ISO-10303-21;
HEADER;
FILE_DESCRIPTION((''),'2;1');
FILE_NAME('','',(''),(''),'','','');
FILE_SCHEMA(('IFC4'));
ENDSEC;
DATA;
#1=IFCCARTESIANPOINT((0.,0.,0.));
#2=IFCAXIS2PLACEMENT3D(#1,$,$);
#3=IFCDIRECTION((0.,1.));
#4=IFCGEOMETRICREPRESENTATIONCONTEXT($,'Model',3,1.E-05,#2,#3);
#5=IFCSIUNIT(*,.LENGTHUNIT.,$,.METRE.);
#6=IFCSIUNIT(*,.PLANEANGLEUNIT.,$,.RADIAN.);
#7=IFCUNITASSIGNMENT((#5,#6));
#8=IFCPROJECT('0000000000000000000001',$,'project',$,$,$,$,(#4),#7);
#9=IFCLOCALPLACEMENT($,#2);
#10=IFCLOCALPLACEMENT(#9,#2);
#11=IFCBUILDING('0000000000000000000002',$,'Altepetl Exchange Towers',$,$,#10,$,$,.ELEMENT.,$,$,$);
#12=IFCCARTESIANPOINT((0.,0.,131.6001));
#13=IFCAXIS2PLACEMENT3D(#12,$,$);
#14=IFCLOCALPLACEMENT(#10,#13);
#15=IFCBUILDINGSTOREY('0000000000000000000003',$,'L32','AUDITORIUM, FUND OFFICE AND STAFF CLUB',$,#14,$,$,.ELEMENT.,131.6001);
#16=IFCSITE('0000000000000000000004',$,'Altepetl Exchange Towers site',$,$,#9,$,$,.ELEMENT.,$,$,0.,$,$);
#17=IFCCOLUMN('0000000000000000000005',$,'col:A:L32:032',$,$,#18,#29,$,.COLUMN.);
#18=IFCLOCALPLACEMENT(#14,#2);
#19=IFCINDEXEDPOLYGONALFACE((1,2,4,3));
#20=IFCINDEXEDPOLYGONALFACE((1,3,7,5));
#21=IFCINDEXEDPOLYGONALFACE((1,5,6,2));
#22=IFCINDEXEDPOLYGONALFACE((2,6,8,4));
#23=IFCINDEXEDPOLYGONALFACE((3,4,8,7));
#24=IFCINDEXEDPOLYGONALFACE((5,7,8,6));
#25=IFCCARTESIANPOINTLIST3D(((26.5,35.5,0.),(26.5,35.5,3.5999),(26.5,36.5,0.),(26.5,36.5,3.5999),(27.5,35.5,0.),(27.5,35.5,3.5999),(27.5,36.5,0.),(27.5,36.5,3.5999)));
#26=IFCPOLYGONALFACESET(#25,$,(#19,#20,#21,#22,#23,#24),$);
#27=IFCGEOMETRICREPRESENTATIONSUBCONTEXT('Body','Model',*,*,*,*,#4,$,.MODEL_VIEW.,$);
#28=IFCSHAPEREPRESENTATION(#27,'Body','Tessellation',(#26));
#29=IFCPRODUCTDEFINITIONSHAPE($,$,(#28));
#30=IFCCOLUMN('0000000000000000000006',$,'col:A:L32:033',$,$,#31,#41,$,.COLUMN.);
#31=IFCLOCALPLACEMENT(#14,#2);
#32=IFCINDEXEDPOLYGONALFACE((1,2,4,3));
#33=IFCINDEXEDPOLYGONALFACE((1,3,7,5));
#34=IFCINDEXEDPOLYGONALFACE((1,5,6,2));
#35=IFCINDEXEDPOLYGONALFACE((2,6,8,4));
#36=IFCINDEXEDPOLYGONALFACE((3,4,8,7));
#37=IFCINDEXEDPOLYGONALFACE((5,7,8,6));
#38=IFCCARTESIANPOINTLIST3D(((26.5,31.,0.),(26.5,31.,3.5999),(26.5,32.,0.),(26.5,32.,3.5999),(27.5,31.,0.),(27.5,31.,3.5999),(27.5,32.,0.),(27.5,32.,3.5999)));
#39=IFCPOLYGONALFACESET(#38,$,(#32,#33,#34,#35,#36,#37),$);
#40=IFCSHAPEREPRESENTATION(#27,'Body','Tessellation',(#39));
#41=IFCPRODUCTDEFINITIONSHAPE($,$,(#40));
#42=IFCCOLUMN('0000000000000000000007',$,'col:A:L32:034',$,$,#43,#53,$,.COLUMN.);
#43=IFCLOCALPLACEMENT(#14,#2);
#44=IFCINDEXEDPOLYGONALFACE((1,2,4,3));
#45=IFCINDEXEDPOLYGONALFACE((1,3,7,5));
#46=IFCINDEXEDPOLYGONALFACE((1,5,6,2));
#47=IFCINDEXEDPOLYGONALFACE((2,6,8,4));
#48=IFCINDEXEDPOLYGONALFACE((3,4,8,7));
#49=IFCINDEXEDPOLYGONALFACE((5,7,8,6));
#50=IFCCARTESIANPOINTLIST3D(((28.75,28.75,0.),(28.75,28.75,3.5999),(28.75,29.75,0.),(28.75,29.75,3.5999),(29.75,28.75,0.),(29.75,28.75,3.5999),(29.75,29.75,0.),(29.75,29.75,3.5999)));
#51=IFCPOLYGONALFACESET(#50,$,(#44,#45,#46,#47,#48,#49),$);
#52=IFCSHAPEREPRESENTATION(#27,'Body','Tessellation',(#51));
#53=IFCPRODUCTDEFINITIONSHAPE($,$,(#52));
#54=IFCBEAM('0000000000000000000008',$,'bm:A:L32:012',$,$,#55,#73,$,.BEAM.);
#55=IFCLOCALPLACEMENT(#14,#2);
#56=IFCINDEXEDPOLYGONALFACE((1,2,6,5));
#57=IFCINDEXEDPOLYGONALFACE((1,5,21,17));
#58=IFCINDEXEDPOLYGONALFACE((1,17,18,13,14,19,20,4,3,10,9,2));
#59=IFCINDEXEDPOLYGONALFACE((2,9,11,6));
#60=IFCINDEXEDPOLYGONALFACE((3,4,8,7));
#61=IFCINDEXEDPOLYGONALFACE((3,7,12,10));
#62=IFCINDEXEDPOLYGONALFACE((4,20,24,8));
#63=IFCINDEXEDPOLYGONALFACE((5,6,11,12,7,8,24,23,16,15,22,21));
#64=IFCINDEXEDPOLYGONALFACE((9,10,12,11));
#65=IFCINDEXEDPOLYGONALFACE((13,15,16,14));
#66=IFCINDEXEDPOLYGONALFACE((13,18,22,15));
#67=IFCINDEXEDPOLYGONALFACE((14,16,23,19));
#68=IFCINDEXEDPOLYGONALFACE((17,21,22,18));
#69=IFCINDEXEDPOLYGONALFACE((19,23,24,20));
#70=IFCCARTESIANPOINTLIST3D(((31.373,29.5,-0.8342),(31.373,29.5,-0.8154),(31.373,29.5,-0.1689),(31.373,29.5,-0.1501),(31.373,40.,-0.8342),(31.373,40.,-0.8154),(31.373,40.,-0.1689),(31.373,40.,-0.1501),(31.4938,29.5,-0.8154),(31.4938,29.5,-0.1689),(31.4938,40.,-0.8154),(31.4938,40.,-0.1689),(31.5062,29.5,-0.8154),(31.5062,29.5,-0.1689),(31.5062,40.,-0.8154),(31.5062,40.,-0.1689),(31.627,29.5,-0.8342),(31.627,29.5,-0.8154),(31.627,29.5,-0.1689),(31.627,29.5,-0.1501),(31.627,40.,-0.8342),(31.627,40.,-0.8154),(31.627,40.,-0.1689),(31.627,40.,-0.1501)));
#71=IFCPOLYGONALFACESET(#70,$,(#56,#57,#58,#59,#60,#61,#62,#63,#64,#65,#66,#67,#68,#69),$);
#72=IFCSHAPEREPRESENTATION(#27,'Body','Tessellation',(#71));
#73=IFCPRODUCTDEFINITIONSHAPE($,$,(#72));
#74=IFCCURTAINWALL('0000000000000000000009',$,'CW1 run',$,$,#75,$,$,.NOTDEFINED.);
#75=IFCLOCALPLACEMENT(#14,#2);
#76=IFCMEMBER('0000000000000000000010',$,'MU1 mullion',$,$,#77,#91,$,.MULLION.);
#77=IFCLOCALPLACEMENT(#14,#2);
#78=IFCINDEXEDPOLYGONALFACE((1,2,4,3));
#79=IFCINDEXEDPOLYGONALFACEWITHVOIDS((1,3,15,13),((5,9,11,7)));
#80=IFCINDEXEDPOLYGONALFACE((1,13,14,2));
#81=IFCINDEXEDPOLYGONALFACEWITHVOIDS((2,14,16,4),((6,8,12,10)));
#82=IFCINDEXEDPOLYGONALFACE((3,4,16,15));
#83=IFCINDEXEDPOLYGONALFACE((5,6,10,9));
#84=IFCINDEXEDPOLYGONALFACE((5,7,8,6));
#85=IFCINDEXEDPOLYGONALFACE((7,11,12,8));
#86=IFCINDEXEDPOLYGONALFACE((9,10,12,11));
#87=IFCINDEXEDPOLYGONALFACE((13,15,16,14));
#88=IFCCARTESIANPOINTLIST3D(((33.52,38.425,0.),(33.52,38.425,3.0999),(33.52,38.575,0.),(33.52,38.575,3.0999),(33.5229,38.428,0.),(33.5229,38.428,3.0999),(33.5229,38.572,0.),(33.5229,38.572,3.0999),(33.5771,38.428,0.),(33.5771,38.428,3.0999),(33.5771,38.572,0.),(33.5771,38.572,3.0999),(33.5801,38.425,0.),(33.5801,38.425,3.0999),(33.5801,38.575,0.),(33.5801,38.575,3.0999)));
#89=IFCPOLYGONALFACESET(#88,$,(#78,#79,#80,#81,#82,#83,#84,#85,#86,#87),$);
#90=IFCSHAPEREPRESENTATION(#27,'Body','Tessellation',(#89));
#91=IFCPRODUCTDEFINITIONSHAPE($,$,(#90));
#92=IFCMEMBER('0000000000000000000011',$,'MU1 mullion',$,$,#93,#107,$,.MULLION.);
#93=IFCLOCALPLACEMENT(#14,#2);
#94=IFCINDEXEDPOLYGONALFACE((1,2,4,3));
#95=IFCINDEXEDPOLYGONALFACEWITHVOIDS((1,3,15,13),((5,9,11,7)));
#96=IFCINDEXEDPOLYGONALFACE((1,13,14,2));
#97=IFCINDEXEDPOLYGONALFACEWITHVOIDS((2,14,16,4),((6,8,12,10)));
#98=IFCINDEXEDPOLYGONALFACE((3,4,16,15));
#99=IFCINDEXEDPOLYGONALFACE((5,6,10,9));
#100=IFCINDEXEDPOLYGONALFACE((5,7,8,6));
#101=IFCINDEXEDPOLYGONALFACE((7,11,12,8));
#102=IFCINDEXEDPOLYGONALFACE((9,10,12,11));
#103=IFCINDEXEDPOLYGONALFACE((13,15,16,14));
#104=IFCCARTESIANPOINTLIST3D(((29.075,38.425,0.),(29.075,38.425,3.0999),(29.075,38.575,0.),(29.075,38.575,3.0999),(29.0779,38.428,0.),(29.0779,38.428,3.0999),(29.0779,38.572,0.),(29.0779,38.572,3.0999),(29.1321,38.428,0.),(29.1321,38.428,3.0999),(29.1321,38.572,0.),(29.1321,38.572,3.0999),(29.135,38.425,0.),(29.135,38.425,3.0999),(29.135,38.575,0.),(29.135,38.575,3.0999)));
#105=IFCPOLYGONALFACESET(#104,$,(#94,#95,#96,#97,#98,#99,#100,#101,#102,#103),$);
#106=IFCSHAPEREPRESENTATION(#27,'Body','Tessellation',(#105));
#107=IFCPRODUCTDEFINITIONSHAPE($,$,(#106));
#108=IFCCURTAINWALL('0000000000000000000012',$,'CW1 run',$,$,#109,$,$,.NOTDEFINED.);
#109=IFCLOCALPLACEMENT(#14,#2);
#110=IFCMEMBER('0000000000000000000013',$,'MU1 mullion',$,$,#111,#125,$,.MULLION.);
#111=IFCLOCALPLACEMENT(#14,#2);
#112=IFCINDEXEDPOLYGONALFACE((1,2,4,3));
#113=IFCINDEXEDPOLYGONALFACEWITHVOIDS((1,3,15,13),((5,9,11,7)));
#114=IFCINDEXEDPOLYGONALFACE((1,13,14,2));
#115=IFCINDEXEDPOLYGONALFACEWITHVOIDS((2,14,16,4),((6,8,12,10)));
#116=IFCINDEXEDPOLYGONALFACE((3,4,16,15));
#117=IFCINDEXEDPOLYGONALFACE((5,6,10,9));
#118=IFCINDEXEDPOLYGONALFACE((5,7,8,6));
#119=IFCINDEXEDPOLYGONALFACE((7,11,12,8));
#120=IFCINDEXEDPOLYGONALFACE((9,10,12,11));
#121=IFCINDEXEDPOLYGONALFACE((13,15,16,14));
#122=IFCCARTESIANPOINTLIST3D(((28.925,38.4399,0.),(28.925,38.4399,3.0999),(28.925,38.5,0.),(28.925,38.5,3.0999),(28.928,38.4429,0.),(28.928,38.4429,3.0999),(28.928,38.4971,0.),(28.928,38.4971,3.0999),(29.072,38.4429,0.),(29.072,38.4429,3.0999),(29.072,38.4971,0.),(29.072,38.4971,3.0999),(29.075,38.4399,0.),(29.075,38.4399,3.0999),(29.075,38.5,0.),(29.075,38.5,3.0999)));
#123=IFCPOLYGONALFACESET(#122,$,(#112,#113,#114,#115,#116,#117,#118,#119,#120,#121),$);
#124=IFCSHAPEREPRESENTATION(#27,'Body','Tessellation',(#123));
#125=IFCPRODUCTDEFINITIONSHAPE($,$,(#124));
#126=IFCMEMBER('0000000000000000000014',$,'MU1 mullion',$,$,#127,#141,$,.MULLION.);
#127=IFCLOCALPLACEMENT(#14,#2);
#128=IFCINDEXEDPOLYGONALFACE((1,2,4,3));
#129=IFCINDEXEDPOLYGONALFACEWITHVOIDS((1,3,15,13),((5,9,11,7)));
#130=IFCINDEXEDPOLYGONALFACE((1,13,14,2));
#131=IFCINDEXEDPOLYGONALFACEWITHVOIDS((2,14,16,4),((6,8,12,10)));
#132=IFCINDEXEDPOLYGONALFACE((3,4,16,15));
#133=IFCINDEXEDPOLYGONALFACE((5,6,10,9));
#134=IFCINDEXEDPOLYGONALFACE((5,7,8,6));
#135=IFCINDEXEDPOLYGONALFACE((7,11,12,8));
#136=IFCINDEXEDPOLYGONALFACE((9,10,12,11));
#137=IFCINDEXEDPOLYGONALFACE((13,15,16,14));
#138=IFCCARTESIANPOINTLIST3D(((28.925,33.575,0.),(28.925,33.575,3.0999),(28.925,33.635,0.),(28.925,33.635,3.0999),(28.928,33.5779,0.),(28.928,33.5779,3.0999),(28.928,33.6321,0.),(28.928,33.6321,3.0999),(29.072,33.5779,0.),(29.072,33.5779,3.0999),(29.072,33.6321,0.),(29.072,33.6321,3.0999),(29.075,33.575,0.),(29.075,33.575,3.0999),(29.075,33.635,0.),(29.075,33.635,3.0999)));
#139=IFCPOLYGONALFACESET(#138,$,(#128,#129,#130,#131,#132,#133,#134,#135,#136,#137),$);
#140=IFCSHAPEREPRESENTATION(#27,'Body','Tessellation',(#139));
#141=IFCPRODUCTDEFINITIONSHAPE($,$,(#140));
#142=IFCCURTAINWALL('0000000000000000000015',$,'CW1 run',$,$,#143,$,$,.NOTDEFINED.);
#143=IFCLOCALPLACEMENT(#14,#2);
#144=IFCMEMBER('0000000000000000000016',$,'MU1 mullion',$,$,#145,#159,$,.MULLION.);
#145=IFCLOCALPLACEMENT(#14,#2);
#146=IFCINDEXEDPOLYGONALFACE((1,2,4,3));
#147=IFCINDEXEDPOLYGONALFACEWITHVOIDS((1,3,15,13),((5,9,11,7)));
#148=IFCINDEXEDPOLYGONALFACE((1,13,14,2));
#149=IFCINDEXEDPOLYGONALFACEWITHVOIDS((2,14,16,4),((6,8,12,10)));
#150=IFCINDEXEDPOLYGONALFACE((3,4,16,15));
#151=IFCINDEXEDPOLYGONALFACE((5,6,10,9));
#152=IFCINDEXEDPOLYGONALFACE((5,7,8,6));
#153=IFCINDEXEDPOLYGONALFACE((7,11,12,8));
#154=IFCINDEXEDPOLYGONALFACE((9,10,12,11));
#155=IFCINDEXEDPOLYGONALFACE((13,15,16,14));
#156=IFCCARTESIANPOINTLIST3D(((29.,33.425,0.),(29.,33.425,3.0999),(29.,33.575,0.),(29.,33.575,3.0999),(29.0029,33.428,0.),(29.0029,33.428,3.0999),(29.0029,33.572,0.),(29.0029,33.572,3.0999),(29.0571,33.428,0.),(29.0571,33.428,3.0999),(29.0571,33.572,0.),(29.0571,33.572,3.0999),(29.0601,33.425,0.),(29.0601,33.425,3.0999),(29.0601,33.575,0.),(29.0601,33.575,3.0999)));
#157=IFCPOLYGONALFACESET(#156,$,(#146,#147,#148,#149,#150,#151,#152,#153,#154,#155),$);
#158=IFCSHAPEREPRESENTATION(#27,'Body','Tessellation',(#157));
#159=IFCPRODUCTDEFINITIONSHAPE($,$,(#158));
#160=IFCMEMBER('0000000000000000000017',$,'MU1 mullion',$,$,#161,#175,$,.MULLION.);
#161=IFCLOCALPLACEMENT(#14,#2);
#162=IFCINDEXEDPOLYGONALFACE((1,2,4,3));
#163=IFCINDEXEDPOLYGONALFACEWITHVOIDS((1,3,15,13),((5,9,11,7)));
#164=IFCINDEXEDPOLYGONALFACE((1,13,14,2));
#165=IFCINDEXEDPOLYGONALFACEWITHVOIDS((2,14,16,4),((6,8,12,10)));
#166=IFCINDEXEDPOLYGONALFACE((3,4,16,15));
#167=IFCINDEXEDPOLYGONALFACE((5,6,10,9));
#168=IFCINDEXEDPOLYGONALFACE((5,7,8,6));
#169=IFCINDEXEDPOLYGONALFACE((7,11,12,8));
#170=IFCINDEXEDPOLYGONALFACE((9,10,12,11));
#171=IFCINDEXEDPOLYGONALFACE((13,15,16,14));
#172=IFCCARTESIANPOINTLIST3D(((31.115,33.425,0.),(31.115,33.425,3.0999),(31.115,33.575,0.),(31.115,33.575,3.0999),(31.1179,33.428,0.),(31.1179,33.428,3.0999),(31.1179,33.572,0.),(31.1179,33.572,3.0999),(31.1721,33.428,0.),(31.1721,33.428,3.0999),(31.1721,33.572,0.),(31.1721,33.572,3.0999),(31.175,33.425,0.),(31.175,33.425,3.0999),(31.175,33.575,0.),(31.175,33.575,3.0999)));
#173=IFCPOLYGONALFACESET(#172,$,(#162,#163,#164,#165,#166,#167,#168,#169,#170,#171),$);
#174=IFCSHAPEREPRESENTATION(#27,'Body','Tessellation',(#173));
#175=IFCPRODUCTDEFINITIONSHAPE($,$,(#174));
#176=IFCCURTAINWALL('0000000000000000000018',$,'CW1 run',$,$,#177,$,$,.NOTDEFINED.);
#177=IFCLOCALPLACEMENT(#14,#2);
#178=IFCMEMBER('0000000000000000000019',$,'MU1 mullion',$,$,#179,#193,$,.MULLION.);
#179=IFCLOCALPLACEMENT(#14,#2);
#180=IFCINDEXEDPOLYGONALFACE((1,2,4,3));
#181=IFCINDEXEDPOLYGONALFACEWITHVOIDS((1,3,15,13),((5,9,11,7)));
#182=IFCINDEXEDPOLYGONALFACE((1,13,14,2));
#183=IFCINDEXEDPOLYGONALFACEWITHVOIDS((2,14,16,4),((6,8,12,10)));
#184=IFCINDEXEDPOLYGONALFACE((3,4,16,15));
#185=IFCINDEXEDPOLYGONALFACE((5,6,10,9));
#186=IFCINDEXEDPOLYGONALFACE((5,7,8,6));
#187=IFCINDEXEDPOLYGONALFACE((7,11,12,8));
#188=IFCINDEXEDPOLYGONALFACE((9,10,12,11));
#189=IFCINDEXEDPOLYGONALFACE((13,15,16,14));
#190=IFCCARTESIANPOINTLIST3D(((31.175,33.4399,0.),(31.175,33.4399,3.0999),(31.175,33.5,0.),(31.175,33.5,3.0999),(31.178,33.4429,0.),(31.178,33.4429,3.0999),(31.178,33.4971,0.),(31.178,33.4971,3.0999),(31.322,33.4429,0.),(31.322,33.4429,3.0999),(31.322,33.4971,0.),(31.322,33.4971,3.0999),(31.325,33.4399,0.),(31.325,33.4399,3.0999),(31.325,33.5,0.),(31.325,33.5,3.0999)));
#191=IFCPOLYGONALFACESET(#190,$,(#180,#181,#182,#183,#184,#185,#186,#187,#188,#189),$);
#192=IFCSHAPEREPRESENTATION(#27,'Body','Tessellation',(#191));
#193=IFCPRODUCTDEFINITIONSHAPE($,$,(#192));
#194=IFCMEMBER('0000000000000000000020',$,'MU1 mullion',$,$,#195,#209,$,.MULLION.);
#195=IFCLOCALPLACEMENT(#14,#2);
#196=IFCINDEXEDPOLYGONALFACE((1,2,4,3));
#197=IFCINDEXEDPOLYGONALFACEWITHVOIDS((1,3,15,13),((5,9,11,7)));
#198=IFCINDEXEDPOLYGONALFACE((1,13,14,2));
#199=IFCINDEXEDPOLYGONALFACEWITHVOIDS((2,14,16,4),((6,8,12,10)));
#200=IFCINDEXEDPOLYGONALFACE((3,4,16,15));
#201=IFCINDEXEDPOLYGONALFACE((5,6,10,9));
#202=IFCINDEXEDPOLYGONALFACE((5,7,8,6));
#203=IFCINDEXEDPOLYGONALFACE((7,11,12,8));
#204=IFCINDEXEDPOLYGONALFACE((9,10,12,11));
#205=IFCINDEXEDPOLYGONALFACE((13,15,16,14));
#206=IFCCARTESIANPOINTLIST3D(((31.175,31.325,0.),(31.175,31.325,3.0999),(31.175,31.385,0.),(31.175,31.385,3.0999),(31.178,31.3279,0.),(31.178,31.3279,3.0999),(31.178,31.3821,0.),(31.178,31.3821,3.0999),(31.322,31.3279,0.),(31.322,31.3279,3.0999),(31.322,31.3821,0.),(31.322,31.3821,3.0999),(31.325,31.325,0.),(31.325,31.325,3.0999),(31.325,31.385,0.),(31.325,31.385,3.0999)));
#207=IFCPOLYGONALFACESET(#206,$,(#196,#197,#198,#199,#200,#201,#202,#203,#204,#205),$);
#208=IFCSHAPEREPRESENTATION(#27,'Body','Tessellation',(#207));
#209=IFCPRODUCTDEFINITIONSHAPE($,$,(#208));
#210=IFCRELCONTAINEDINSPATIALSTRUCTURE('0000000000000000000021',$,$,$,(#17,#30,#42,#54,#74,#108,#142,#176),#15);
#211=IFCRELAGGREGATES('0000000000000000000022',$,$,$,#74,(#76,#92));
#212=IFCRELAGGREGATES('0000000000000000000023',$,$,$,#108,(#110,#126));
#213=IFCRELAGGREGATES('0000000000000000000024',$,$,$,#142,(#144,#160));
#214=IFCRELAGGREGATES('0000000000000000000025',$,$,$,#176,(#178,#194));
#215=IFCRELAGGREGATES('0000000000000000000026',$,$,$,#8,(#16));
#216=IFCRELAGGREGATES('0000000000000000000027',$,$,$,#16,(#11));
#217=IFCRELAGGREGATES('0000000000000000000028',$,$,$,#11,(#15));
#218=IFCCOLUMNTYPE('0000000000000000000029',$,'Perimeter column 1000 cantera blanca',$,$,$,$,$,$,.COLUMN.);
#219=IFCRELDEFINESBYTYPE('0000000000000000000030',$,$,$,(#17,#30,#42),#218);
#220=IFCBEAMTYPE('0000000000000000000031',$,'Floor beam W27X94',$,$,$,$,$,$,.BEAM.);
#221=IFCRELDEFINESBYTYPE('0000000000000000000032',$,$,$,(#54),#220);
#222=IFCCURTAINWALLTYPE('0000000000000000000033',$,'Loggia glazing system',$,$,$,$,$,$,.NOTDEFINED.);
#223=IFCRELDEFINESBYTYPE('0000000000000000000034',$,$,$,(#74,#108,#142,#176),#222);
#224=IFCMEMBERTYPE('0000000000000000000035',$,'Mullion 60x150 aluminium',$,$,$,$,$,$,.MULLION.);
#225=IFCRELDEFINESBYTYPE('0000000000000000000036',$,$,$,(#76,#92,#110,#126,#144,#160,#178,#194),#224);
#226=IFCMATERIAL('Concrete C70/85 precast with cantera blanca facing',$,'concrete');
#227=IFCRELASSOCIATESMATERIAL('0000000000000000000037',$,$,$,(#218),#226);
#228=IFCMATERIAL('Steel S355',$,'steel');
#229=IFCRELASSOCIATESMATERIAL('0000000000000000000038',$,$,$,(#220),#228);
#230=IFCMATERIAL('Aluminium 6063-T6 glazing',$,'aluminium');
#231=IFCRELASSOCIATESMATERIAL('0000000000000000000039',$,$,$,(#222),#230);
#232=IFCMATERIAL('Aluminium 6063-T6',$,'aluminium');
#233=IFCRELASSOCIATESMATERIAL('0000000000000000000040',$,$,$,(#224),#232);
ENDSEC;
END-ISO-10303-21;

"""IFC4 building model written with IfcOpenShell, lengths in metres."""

from ifc_helpers import new_model, si_unit, direction, frame, origin, origin_2d, place, context, subcontext, project, spatial, rectangle, hollow_rectangle, i_section, extrude, material, material_profile, profile_set, type_object, element, aggregate, save


model = new_model("IFC4")

# Units and contexts
model_context = context("Model", 3, precision=1e-05, world=origin(), true_north=direction((0.0, 1.0)))
body_context = subcontext(model_context, "Body", "Model", "MODEL_VIEW")
ifc_project = project(units=[si_unit("LENGTHUNIT", "METRE"), si_unit("PLANEANGLEUNIT", "RADIAN")], contexts=[model_context])

# Site, building, storey
site_placement = place(None, origin())
site = spatial("IfcSite", under=ifc_project, at=site_placement, Name="Altepetl Exchange Towers site", CompositionType="ELEMENT", RefElevation=0.0)
building_placement = place(site_placement, origin())
building = spatial("IfcBuilding", under=site, at=building_placement, Name="Altepetl Exchange Towers", CompositionType="ELEMENT")
storey_placement = place(building_placement, frame((0.0, 0.0, 131.6001)))
storey = spatial("IfcBuildingStorey", under=building, at=storey_placement, Name="L32", Description="AUDITORIUM, FUND OFFICE AND STAFF CLUB", CompositionType="ELEMENT", Elevation=131.6001)

# Columns
ifc_material_1 = material(Name="Concrete C70/85 precast with cantera blanca facing", Category="concrete")
ifc_material_profile_1 = material_profile(ifc_material_1, rectangle(XDim=1.0, YDim=1.0, at=origin_2d()), Name="1000 x 1000")
ifc_profile_set_1 = profile_set([ifc_material_profile_1], Name="Concrete C70/85 precast with cantera blanca facing")
column_type = type_object("IfcColumnType", Name="Perimeter column 1000 cantera blanca", PredefinedType="COLUMN", material=ifc_profile_set_1)
for number, where, name in (
    (1, (27.0, 36.0, 0.0), "col:A:L32:032"),
    (2, (27.0, 31.5, 0.0), "col:A:L32:033"),
    (3, (29.25, 29.25, 0.0), "col:A:L32:034"),
):
    element("IfcColumn", number, at=place(storey_placement, frame(where)), inside=storey, type_object=column_type, Name=name, PredefinedType="COLUMN", context=body_context, shape_type="SweptSolid", body=[
        extrude(rectangle(XDim=1.0, YDim=1.0, at=origin_2d()), origin(), (0.0, 0.0, 1.0), 3.5999),
    ])

# Beam
ifc_material_2 = material(Name="Steel S355", Category="steel")
ifc_material_profile_2 = material_profile(ifc_material_2, i_section(OverallWidth=0.2539, OverallDepth=0.6841, WebThickness=0.0125, FlangeThickness=0.0188, at=origin_2d()), Name="W27X94")
ifc_profile_set_2 = profile_set([ifc_material_profile_2], Name="Steel S355")
beam_type_1 = type_object("IfcBeamType", Name="Floor beam W27X94", PredefinedType="BEAM", material=ifc_profile_set_2)
beam_1_placement = place(storey_placement, frame((31.5, 29.5, -0.4922), z_axis=(0.0, 1.0, 0.0), x_axis=(-1.0, 0.0, 0.0)))
element("IfcBeam", 4, at=beam_1_placement, inside=storey, type_object=beam_type_1, Name="bm:A:L32:012", PredefinedType="BEAM", context=body_context, shape_type="SweptSolid", body=[
    extrude(i_section(OverallWidth=0.2539, OverallDepth=0.6841, WebThickness=0.0125, FlangeThickness=0.0188, at=origin_2d()), origin(), (0.0, 0.0, 1.0), 10.5),
])

# Curtain walls, members
ifc_material_3 = material(Name="Aluminium 6063-T6 glazing", Category="aluminium")
curtain_wall_type = type_object("IfcCurtainWallType", Name="Loggia glazing system", PredefinedType="NOTDEFINED", material=ifc_material_3)
curtain_wall_1_placement = place(storey_placement, origin())
curtain_wall_1 = element("IfcCurtainWall", 5, at=curtain_wall_1_placement, inside=storey, type_object=curtain_wall_type, Name="CW1 run", PredefinedType="NOTDEFINED")
ifc_material_4 = material(Name="Aluminium 6063-T6", Category="aluminium")
ifc_material_profile_3 = material_profile(ifc_material_4, hollow_rectangle(XDim=0.0601, YDim=0.1499, WallThickness=0.0029, at=origin_2d()), Name="Mullion 60x150 aluminium")
ifc_profile_set_3 = profile_set([ifc_material_profile_3], Name="Aluminium 6063-T6")
member_type = type_object("IfcMemberType", Name="Mullion 60x150 aluminium", PredefinedType="MULLION", material=ifc_profile_set_3)
member_1_placement = place(storey_placement, frame((33.55, 38.5, 0.0), z_axis=(0.0, 0.0, 1.0), x_axis=(-1.0, 0.0, 0.0)))
member_1 = element("IfcMember", 6, at=member_1_placement, type_object=member_type, Name="MU1 mullion", PredefinedType="MULLION", context=body_context, shape_type="SweptSolid", body=[
    extrude(hollow_rectangle(XDim=0.0601, YDim=0.1499, WallThickness=0.0029, at=origin_2d()), origin(), (0.0, 0.0, 1.0), 3.0999),
])
member_2_placement = place(storey_placement, frame((29.105, 38.5, 0.0), z_axis=(0.0, 0.0, 1.0), x_axis=(-1.0, 0.0, 0.0)))
member_2 = element("IfcMember", 7, at=member_2_placement, type_object=member_type, Name="MU1 mullion", PredefinedType="MULLION", context=body_context, shape_type="SweptSolid", body=[
    extrude(hollow_rectangle(XDim=0.0601, YDim=0.1499, WallThickness=0.0029, at=origin_2d()), origin(), (0.0, 0.0, 1.0), 3.0999),
])
curtain_wall_2_placement = place(storey_placement, origin())
curtain_wall_2 = element("IfcCurtainWall", 8, at=curtain_wall_2_placement, inside=storey, type_object=curtain_wall_type, Name="CW1 run", PredefinedType="NOTDEFINED")
member_3_placement = place(storey_placement, frame((29.0, 38.47, 0.0), z_axis=(0.0, 0.0, 1.0), x_axis=(0.0, -1.0, 0.0)))
member_3 = element("IfcMember", 9, at=member_3_placement, type_object=member_type, Name="MU1 mullion", PredefinedType="MULLION", context=body_context, shape_type="SweptSolid", body=[
    extrude(hollow_rectangle(XDim=0.0601, YDim=0.1499, WallThickness=0.0029, at=origin_2d()), origin(), (0.0, 0.0, 1.0), 3.0999),
])
member_4_placement = place(storey_placement, frame((29.0, 33.605, 0.0), z_axis=(0.0, 0.0, 1.0), x_axis=(0.0, -1.0, 0.0)))
member_4 = element("IfcMember", 10, at=member_4_placement, type_object=member_type, Name="MU1 mullion", PredefinedType="MULLION", context=body_context, shape_type="SweptSolid", body=[
    extrude(hollow_rectangle(XDim=0.0601, YDim=0.1499, WallThickness=0.0029, at=origin_2d()), origin(), (0.0, 0.0, 1.0), 3.0999),
])
curtain_wall_3_placement = place(storey_placement, origin())
curtain_wall_3 = element("IfcCurtainWall", 11, at=curtain_wall_3_placement, inside=storey, type_object=curtain_wall_type, Name="CW1 run", PredefinedType="NOTDEFINED")
member_5_placement = place(storey_placement, frame((29.03, 33.5, 0.0)))
member_5 = element("IfcMember", 12, at=member_5_placement, type_object=member_type, Name="MU1 mullion", PredefinedType="MULLION", context=body_context, shape_type="SweptSolid", body=[
    extrude(hollow_rectangle(XDim=0.0601, YDim=0.1499, WallThickness=0.0029, at=origin_2d()), origin(), (0.0, 0.0, 1.0), 3.0999),
])
member_6_placement = place(storey_placement, frame((31.145, 33.5, 0.0)))
member_6 = element("IfcMember", 13, at=member_6_placement, type_object=member_type, Name="MU1 mullion", PredefinedType="MULLION", context=body_context, shape_type="SweptSolid", body=[
    extrude(hollow_rectangle(XDim=0.0601, YDim=0.1499, WallThickness=0.0029, at=origin_2d()), origin(), (0.0, 0.0, 1.0), 3.0999),
])
curtain_wall_4_placement = place(storey_placement, origin())
curtain_wall_4 = element("IfcCurtainWall", 14, at=curtain_wall_4_placement, inside=storey, type_object=curtain_wall_type, Name="CW1 run", PredefinedType="NOTDEFINED")
member_7_placement = place(storey_placement, frame((31.25, 33.47, 0.0), z_axis=(0.0, 0.0, 1.0), x_axis=(0.0, -1.0, 0.0)))
member_7 = element("IfcMember", 15, at=member_7_placement, type_object=member_type, Name="MU1 mullion", PredefinedType="MULLION", context=body_context, shape_type="SweptSolid", body=[
    extrude(hollow_rectangle(XDim=0.0601, YDim=0.1499, WallThickness=0.0029, at=origin_2d()), origin(), (0.0, 0.0, 1.0), 3.0999),
])
member_8_placement = place(storey_placement, frame((31.25, 31.355, 0.0), z_axis=(0.0, 0.0, 1.0), x_axis=(0.0, -1.0, 0.0)))
member_8 = element("IfcMember", 16, at=member_8_placement, type_object=member_type, Name="MU1 mullion", PredefinedType="MULLION", context=body_context, shape_type="SweptSolid", body=[
    extrude(hollow_rectangle(XDim=0.0601, YDim=0.1499, WallThickness=0.0029, at=origin_2d()), origin(), (0.0, 0.0, 1.0), 3.0999),
])

aggregate(curtain_wall_1, [member_1, member_2])
aggregate(curtain_wall_2, [member_3, member_4])
aggregate(curtain_wall_3, [member_5, member_6])
aggregate(curtain_wall_4, [member_7, member_8])

save(model, "model.ifc")
